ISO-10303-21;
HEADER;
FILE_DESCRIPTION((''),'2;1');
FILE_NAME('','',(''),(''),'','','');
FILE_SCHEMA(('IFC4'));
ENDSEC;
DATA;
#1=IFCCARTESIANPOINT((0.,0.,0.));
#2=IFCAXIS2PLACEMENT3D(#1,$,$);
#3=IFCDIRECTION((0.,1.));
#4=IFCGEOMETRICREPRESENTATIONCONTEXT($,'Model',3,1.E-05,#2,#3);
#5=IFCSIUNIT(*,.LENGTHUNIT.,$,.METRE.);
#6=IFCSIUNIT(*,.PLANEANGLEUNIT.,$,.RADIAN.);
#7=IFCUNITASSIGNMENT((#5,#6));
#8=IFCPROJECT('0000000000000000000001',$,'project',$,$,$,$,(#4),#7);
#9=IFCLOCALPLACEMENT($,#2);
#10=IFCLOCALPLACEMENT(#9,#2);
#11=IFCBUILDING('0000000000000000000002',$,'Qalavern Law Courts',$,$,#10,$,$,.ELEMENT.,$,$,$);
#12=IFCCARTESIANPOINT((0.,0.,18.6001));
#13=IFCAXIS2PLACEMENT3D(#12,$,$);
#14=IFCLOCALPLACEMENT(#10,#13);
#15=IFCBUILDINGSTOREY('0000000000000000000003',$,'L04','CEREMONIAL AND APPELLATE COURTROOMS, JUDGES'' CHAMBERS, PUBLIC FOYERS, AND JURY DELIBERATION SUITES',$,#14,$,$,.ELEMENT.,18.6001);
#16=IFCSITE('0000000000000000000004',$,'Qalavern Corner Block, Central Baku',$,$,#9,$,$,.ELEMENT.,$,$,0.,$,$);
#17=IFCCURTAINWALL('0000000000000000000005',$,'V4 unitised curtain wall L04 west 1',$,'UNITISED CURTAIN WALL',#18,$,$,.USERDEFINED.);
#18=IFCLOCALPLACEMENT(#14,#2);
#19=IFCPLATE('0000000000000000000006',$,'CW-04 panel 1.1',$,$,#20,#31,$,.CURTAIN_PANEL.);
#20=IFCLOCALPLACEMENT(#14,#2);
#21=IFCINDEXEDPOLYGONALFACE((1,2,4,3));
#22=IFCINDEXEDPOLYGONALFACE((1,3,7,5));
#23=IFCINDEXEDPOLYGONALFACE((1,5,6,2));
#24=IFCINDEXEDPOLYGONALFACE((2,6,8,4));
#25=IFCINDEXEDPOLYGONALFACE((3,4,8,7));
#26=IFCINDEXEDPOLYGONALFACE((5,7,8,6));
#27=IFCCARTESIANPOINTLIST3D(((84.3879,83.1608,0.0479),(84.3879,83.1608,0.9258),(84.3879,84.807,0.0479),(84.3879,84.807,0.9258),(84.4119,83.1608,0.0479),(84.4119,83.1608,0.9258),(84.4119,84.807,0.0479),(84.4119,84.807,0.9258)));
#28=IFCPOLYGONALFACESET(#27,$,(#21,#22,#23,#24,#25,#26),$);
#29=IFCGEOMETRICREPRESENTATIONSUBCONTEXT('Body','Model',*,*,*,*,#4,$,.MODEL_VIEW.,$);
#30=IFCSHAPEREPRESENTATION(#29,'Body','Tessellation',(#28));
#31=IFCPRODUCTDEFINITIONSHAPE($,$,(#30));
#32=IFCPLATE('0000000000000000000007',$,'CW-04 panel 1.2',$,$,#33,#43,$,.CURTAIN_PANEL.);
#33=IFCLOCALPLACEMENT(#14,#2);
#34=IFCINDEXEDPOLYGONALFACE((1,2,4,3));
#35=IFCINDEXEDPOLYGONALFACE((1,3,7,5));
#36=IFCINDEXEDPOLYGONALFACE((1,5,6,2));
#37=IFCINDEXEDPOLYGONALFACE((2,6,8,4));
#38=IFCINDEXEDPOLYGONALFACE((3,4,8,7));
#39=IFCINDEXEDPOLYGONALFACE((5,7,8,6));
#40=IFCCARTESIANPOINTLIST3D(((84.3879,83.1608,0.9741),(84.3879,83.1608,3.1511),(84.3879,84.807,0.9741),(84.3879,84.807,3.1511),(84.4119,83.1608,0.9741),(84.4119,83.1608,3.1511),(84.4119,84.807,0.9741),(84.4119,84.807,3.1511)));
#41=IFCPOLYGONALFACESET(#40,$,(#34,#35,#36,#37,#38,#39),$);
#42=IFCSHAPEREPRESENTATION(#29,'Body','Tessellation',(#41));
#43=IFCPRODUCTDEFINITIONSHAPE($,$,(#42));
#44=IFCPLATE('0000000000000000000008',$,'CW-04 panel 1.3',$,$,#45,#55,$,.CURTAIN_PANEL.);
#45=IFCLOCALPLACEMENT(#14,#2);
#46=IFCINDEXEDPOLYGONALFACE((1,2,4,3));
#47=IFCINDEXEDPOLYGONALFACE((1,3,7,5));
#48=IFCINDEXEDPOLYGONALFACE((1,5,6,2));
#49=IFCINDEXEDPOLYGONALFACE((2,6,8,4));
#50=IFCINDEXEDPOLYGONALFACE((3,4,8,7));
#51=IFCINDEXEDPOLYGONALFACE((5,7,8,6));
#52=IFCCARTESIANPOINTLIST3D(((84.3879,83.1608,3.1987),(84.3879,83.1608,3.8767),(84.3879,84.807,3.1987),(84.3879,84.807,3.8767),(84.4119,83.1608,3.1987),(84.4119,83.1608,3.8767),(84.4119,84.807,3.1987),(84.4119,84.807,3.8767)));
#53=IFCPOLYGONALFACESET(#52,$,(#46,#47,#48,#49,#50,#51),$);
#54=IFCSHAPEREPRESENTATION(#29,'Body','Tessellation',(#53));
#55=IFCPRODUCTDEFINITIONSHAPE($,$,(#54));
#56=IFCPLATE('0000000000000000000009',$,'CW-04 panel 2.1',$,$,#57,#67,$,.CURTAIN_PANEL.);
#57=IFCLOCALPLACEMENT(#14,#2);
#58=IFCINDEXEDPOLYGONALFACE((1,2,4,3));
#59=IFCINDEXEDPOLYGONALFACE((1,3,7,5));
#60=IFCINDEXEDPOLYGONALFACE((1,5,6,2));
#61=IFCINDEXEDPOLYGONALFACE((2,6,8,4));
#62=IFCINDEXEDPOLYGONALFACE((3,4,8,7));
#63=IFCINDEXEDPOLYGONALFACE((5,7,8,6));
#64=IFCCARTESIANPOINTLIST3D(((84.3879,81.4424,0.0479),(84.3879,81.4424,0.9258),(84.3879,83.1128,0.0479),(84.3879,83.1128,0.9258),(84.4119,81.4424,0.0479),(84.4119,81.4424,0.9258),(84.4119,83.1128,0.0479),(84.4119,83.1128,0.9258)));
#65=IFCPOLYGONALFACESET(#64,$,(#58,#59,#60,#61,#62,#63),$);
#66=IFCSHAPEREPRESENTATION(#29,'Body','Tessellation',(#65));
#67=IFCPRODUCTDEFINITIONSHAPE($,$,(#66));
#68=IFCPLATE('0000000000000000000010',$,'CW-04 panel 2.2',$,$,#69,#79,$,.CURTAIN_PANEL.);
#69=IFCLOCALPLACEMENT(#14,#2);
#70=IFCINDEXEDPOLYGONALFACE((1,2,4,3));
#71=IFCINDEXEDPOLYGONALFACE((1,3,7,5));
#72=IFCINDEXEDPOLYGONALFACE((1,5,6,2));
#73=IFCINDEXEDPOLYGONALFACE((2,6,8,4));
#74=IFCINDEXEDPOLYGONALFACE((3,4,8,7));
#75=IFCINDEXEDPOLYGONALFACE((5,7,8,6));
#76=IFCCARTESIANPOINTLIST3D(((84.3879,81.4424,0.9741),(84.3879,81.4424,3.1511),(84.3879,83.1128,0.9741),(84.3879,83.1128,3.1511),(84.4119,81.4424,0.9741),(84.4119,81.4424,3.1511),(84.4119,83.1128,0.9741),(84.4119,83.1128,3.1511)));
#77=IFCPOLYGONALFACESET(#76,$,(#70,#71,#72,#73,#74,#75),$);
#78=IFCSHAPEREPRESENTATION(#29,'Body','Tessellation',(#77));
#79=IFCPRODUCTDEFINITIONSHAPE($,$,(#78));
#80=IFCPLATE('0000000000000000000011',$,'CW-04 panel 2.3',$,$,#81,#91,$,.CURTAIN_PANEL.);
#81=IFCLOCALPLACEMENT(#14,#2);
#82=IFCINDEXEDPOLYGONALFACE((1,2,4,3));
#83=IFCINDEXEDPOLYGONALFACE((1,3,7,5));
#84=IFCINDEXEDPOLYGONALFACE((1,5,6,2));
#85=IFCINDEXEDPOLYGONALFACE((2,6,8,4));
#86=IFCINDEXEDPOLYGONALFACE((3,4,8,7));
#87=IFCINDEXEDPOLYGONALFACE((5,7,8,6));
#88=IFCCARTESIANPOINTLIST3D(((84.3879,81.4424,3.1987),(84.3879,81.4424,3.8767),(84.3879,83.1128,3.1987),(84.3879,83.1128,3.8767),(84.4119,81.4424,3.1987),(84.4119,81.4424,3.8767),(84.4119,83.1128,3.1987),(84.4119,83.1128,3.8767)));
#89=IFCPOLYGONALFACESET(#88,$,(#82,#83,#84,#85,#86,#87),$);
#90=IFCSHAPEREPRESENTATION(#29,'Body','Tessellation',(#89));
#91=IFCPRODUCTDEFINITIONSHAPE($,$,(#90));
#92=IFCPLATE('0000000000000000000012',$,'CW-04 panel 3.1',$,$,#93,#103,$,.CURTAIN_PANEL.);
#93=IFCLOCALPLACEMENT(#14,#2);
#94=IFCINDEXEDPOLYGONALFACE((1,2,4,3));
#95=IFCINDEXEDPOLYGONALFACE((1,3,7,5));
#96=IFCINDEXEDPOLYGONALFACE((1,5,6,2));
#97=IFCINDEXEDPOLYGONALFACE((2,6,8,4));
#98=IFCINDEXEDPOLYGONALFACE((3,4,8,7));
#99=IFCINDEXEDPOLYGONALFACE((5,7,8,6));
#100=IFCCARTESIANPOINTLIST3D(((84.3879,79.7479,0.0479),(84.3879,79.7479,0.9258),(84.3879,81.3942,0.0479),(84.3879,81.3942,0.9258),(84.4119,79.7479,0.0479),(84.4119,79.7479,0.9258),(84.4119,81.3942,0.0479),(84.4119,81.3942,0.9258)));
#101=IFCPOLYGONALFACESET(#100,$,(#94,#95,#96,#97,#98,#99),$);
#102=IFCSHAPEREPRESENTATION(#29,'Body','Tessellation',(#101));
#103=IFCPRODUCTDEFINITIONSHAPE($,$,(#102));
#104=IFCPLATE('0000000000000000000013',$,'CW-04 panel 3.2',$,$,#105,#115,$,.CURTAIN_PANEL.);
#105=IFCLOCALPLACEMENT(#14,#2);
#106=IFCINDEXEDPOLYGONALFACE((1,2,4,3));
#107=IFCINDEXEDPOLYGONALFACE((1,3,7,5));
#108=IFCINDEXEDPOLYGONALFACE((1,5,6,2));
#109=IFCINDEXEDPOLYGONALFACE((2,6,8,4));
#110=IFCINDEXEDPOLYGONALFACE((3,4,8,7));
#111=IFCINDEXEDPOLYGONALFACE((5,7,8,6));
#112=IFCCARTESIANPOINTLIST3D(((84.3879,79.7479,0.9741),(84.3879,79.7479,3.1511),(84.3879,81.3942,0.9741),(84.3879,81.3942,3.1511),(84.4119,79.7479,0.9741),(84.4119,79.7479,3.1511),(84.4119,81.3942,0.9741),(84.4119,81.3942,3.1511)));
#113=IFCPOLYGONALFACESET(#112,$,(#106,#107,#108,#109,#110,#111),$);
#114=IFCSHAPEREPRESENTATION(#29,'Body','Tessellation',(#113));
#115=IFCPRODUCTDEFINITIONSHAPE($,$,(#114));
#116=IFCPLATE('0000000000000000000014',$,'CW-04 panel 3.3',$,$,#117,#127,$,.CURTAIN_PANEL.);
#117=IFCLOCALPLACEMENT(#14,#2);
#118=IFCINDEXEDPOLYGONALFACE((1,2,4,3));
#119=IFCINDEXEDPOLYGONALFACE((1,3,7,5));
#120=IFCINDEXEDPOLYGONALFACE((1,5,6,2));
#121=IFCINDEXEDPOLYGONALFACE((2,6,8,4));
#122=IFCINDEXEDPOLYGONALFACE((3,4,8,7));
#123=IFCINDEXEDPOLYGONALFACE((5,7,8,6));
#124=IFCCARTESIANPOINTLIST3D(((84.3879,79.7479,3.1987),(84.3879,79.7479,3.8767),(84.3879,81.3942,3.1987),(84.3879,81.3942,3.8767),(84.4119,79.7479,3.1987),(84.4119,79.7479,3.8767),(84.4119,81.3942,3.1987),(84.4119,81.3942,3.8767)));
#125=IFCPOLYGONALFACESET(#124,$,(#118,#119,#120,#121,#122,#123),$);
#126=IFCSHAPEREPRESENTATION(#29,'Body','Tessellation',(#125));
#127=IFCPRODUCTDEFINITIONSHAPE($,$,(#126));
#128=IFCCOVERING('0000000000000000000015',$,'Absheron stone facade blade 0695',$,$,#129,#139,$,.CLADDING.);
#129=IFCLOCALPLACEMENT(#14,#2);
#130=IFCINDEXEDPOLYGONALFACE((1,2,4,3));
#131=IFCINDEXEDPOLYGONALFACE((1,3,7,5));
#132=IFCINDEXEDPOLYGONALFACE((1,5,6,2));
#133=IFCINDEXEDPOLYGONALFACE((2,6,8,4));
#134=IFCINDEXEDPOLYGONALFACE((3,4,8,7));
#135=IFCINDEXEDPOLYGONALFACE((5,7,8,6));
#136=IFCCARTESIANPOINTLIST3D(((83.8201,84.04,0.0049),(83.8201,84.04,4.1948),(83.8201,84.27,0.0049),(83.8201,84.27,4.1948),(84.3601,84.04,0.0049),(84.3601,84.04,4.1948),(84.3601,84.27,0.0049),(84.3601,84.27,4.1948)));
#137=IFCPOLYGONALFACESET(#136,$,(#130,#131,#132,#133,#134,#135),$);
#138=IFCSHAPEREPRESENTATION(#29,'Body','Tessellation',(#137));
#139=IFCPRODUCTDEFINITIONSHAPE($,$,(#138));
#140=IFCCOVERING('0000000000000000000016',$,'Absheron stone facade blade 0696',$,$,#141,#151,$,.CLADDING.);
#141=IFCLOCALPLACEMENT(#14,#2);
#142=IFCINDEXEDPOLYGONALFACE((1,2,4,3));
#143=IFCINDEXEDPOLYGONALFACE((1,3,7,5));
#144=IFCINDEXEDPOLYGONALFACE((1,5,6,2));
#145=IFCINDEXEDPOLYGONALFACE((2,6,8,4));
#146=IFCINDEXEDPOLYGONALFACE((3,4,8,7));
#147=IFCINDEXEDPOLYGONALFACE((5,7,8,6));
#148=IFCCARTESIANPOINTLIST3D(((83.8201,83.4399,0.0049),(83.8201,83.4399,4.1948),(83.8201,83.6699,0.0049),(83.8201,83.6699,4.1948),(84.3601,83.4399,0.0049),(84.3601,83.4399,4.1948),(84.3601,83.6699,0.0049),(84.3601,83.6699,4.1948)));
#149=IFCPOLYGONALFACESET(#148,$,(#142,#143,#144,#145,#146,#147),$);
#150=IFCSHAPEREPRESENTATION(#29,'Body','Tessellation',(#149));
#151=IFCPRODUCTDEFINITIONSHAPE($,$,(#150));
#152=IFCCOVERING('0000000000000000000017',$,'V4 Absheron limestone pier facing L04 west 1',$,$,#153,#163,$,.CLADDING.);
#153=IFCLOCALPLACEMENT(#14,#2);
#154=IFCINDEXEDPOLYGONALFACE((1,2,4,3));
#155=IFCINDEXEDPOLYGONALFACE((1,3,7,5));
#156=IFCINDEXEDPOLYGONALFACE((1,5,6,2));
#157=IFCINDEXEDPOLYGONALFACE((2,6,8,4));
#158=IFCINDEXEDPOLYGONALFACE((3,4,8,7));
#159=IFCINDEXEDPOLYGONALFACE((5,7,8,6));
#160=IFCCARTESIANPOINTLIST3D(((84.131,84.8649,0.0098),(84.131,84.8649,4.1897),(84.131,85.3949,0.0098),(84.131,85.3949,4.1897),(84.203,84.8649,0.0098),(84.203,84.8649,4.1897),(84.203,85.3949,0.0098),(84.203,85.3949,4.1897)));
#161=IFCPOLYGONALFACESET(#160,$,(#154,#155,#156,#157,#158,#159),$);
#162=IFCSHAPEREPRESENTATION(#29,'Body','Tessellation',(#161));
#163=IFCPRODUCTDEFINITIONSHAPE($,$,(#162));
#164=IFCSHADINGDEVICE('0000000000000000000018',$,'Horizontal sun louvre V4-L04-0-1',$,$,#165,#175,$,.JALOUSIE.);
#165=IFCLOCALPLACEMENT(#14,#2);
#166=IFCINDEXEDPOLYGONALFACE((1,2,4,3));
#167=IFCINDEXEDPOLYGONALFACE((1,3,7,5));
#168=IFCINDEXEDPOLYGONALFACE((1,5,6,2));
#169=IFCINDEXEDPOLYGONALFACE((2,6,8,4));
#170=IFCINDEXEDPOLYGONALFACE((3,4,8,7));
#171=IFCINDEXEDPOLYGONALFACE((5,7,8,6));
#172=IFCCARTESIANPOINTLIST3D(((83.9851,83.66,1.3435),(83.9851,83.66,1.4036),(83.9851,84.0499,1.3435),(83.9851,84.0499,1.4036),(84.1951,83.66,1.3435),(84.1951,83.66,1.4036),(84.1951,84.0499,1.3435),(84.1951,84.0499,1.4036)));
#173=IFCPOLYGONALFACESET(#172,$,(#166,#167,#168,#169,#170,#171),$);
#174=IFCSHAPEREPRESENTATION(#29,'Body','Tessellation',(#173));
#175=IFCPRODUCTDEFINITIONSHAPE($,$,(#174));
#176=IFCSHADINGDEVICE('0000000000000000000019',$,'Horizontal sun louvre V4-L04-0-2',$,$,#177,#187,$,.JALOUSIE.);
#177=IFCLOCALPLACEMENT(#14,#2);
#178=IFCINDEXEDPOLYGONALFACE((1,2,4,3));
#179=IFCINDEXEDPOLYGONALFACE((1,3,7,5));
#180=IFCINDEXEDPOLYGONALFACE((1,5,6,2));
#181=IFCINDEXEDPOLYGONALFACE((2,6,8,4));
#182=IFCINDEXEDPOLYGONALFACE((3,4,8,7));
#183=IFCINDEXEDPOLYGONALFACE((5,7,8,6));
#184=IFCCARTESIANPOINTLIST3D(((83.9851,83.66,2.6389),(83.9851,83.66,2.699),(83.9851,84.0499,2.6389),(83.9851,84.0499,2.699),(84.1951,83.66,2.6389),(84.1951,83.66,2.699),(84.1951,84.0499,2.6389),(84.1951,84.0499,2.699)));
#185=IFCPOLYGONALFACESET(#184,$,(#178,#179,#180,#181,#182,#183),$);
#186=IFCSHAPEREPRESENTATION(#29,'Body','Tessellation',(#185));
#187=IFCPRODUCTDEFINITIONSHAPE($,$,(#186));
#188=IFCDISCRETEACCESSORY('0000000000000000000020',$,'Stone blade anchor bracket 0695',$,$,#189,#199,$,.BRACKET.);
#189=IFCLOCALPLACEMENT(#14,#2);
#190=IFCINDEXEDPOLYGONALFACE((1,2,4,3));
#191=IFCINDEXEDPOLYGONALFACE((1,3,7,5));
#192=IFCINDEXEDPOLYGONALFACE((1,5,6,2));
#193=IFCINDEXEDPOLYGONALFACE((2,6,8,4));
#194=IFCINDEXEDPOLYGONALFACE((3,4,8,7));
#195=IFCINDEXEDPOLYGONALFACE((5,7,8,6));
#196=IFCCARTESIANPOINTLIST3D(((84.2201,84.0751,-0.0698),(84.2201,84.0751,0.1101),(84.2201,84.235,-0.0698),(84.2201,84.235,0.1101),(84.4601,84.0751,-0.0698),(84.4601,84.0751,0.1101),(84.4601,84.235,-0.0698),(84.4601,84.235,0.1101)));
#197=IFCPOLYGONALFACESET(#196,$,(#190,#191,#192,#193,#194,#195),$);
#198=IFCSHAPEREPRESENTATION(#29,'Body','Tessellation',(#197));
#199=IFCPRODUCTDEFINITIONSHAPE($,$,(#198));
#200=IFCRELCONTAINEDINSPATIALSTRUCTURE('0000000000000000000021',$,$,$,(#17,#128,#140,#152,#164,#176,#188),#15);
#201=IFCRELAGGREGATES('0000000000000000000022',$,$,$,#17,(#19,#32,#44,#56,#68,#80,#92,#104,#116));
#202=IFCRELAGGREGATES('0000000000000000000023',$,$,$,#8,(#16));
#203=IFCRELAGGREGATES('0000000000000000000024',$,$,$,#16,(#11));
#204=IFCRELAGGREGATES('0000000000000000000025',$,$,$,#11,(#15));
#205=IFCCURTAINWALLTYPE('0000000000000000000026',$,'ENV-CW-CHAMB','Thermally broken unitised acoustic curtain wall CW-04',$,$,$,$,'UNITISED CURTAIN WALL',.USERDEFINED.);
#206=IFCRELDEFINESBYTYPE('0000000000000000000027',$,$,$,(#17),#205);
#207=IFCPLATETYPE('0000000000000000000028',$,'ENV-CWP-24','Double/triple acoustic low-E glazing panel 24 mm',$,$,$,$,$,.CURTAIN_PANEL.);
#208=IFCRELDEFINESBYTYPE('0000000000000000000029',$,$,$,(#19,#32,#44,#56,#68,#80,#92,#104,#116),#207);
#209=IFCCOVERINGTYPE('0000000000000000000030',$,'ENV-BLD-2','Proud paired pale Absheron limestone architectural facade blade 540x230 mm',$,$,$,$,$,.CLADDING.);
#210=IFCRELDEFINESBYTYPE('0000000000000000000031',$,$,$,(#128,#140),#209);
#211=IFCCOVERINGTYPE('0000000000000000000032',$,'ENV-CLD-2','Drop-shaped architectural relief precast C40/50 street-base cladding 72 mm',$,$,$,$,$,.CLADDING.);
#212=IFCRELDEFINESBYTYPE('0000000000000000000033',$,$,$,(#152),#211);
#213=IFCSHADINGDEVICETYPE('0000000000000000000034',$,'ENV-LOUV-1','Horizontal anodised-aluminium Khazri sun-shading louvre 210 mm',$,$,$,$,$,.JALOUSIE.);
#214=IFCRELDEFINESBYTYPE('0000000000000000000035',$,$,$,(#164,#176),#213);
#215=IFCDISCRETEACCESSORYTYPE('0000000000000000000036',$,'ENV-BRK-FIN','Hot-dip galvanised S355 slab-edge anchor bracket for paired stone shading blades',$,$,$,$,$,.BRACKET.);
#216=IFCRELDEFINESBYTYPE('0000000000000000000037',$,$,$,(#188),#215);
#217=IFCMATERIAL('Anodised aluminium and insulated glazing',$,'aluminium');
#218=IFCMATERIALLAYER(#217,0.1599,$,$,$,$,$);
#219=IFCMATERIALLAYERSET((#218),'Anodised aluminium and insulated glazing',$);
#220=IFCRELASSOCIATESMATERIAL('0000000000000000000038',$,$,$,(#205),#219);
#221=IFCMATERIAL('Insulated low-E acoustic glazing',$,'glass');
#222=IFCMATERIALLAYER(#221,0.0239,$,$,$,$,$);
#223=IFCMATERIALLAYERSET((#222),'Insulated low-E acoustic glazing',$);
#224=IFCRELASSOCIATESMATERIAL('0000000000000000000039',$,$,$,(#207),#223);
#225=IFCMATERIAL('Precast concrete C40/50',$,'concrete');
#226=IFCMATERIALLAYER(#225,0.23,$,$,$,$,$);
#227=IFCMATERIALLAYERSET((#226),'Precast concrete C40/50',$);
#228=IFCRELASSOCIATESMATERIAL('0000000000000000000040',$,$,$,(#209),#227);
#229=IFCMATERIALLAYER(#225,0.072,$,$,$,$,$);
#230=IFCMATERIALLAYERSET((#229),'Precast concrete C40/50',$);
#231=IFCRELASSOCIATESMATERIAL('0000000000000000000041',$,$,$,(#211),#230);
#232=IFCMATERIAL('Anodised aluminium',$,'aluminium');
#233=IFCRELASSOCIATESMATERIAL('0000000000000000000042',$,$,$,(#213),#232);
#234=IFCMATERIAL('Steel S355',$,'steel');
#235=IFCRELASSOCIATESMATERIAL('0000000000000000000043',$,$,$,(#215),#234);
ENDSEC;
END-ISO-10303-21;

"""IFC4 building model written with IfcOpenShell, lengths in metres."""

from ifc_helpers import new_model, si_unit, direction, frame, origin, origin_2d, place, context, subcontext, project, spatial, rectangle, extrude, material, layer, layer_set, type_object, element, aggregate, save


model = new_model("IFC4")

# Units and contexts
model_context = context("Model", 3, precision=1e-05, world=origin(), true_north=direction((0.0, 1.0)))
body_context = subcontext(model_context, "Body", "Model", "MODEL_VIEW")
ifc_project = project(units=[si_unit("LENGTHUNIT", "METRE"), si_unit("PLANEANGLEUNIT", "RADIAN")], contexts=[model_context])

# Site, building, storey
site_placement = place(None, origin())
site = spatial("IfcSite", under=ifc_project, at=site_placement, Name="Qalavern Corner Block, Central Baku", CompositionType="ELEMENT", RefElevation=0.0)
building_placement = place(site_placement, origin())
building = spatial("IfcBuilding", under=site, at=building_placement, Name="Qalavern Law Courts", CompositionType="ELEMENT")
storey_placement = place(building_placement, frame((0.0, 0.0, 18.6001)))
storey = spatial("IfcBuildingStorey", under=building, at=storey_placement, Name="L04", Description="CEREMONIAL AND APPELLATE COURTROOMS, JUDGES' CHAMBERS, PUBLIC FOYERS, AND JURY DELIBERATION SUITES", CompositionType="ELEMENT", Elevation=18.6001)

# Curtain wall
ifc_material_1 = material(Name="Anodised aluminium and insulated glazing", Category="aluminium")
ifc_layer_1 = layer(ifc_material_1, 0.1599)
ifc_layer_set_1 = layer_set([ifc_layer_1], Name="Anodised aluminium and insulated glazing")
curtain_wall_type = type_object("IfcCurtainWallType", Name="ENV-CW-CHAMB", Description="Thermally broken unitised acoustic curtain wall CW-04", ElementType="UNITISED CURTAIN WALL", PredefinedType="USERDEFINED", material=ifc_layer_set_1)
curtain_wall_placement = place(storey_placement, origin())
curtain_wall = element("IfcCurtainWall", 1, at=curtain_wall_placement, inside=storey, type_object=curtain_wall_type, Name="V4 unitised curtain wall L04 west 1", ObjectType="UNITISED CURTAIN WALL", PredefinedType="USERDEFINED")
ifc_material_2 = material(Name="Anodised aluminium", Category="aluminium")

# Shared definitions
ifc_material_3 = material(Name="Steel S355", Category="steel")

# Plates
ifc_material_4 = material(Name="Insulated low-E acoustic glazing", Category="glass")
ifc_layer_2 = layer(ifc_material_4, 0.0239)
ifc_layer_set_2 = layer_set([ifc_layer_2], Name="Insulated low-E acoustic glazing")
plate_type = type_object("IfcPlateType", Name="ENV-CWP-24", Description="Double/triple acoustic low-E glazing panel 24 mm", PredefinedType="CURTAIN_PANEL", material=ifc_layer_set_2)
plate_1_placement = place(storey_placement, frame((84.3999, 83.9839, 0.0479), z_axis=(0.0, 0.0, 1.0), x_axis=(0.0, -1.0, 0.0)))
plate_1 = element("IfcPlate", 2, at=plate_1_placement, type_object=plate_type, Name="CW-04 panel 1.1", PredefinedType="CURTAIN_PANEL", context=body_context, shape_type="SweptSolid", body=[
    extrude(rectangle(XDim=1.6462, YDim=0.0239, at=origin_2d()), origin(), (0.0, 0.0, 1.0), 0.8779),
])
plate_2_placement = place(storey_placement, frame((84.3999, 83.9839, 0.9741), z_axis=(0.0, 0.0, 1.0), x_axis=(0.0, -1.0, 0.0)))
plate_2 = element("IfcPlate", 3, at=plate_2_placement, type_object=plate_type, Name="CW-04 panel 1.2", PredefinedType="CURTAIN_PANEL", context=body_context, shape_type="SweptSolid", body=[
    extrude(rectangle(XDim=1.6462, YDim=0.0239, at=origin_2d()), origin(), (0.0, 0.0, 1.0), 2.177),
])
plate_3_placement = place(storey_placement, frame((84.3999, 83.9839, 3.1987), z_axis=(0.0, 0.0, 1.0), x_axis=(0.0, -1.0, 0.0)))
plate_3 = element("IfcPlate", 4, at=plate_3_placement, type_object=plate_type, Name="CW-04 panel 1.3", PredefinedType="CURTAIN_PANEL", context=body_context, shape_type="SweptSolid", body=[
    extrude(rectangle(XDim=1.6462, YDim=0.0239, at=origin_2d()), origin(), (0.0, 0.0, 1.0), 0.678),
])
plate_4_placement = place(storey_placement, frame((84.3999, 82.2776, 0.0479), z_axis=(0.0, 0.0, 1.0), x_axis=(0.0, -1.0, 0.0)))
plate_4 = element("IfcPlate", 5, at=plate_4_placement, type_object=plate_type, Name="CW-04 panel 2.1", PredefinedType="CURTAIN_PANEL", context=body_context, shape_type="SweptSolid", body=[
    extrude(rectangle(XDim=1.6704, YDim=0.0239, at=origin_2d()), origin(), (0.0, 0.0, 1.0), 0.8779),
])
plate_5_placement = place(storey_placement, frame((84.3999, 82.2776, 0.9741), z_axis=(0.0, 0.0, 1.0), x_axis=(0.0, -1.0, 0.0)))
plate_5 = element("IfcPlate", 6, at=plate_5_placement, type_object=plate_type, Name="CW-04 panel 2.2", PredefinedType="CURTAIN_PANEL", context=body_context, shape_type="SweptSolid", body=[
    extrude(rectangle(XDim=1.6704, YDim=0.0239, at=origin_2d()), origin(), (0.0, 0.0, 1.0), 2.177),
])
plate_6_placement = place(storey_placement, frame((84.3999, 82.2776, 3.1987), z_axis=(0.0, 0.0, 1.0), x_axis=(0.0, -1.0, 0.0)))
plate_6 = element("IfcPlate", 7, at=plate_6_placement, type_object=plate_type, Name="CW-04 panel 2.3", PredefinedType="CURTAIN_PANEL", context=body_context, shape_type="SweptSolid", body=[
    extrude(rectangle(XDim=1.6704, YDim=0.0239, at=origin_2d()), origin(), (0.0, 0.0, 1.0), 0.678),
])
plate_7_placement = place(storey_placement, frame((84.3999, 80.571, 0.0479), z_axis=(0.0, 0.0, 1.0), x_axis=(0.0, -1.0, 0.0)))
plate_7 = element("IfcPlate", 8, at=plate_7_placement, type_object=plate_type, Name="CW-04 panel 3.1", PredefinedType="CURTAIN_PANEL", context=body_context, shape_type="SweptSolid", body=[
    extrude(rectangle(XDim=1.6462, YDim=0.0239, at=origin_2d()), origin(), (0.0, 0.0, 1.0), 0.8779),
])
plate_8_placement = place(storey_placement, frame((84.3999, 80.571, 0.9741), z_axis=(0.0, 0.0, 1.0), x_axis=(0.0, -1.0, 0.0)))
plate_8 = element("IfcPlate", 9, at=plate_8_placement, type_object=plate_type, Name="CW-04 panel 3.2", PredefinedType="CURTAIN_PANEL", context=body_context, shape_type="SweptSolid", body=[
    extrude(rectangle(XDim=1.6462, YDim=0.0239, at=origin_2d()), origin(), (0.0, 0.0, 1.0), 2.177),
])
plate_9_placement = place(storey_placement, frame((84.3999, 80.571, 3.1987), z_axis=(0.0, 0.0, 1.0), x_axis=(0.0, -1.0, 0.0)))
plate_9 = element("IfcPlate", 10, at=plate_9_placement, type_object=plate_type, Name="CW-04 panel 3.3", PredefinedType="CURTAIN_PANEL", context=body_context, shape_type="SweptSolid", body=[
    extrude(rectangle(XDim=1.6462, YDim=0.0239, at=origin_2d()), origin(), (0.0, 0.0, 1.0), 0.678),
])
aggregate(curtain_wall, [plate_1, plate_2, plate_3, plate_4, plate_5, plate_6, plate_7, plate_8, plate_9])

# Coverings
ifc_material_5 = material(Name="Precast concrete C40/50", Category="concrete")
ifc_layer_3 = layer(ifc_material_5, 0.23)
ifc_layer_set_3 = layer_set([ifc_layer_3], Name="Precast concrete C40/50")
covering_type_1 = type_object("IfcCoveringType", Name="ENV-BLD-2", Description="Proud paired pale Absheron limestone architectural facade blade 540x230 mm", PredefinedType="CLADDING", material=ifc_layer_set_3)
for number, where, z_axis, x_axis, name in (
    (11, (84.0901, 84.155, 0.0049), (0.0, 0.0, 1.0), (-1.0, 0.0, 0.0), "Absheron stone facade blade 0695"),
    (12, (84.0901, 83.5549, 0.0049), (0.0, 0.0, 1.0), (-1.0, 0.0, 0.0), "Absheron stone facade blade 0696"),
):
    element("IfcCovering", number, at=place(storey_placement, frame(where, z_axis=z_axis, x_axis=x_axis)), inside=storey, type_object=covering_type_1, Name=name, PredefinedType="CLADDING", context=body_context, shape_type="SweptSolid", body=[
        extrude(rectangle(XDim=0.54, YDim=0.23, at=origin_2d()), origin(), (0.0, 0.0, 1.0), 4.1899),
    ])
ifc_layer_4 = layer(ifc_material_5, 0.072)
ifc_layer_set_4 = layer_set([ifc_layer_4], Name="Precast concrete C40/50")
covering_type_2 = type_object("IfcCoveringType", Name="ENV-CLD-2", Description="Drop-shaped architectural relief precast C40/50 street-base cladding 72 mm", PredefinedType="CLADDING", material=ifc_layer_set_4)
covering_placement = place(storey_placement, frame((84.167, 85.1299, 0.0098), z_axis=(0.0, 0.0, 1.0), x_axis=(0.0, -1.0, 0.0)))
element("IfcCovering", 13, at=covering_placement, inside=storey, type_object=covering_type_2, Name="V4 Absheron limestone pier facing L04 west 1", PredefinedType="CLADDING", context=body_context, shape_type="SweptSolid", body=[
    extrude(rectangle(XDim=0.53, YDim=0.072, at=origin_2d()), origin(), (0.0, 0.0, 1.0), 4.1799),
])

# Shading devices
shading_device_type = type_object("IfcShadingDeviceType", Name="ENV-LOUV-1", Description="Horizontal anodised-aluminium Khazri sun-shading louvre 210 mm", PredefinedType="JALOUSIE", material=ifc_material_2)
for number, where, z_axis, x_axis, name in (
    (14, (84.0901, 83.855, 1.3435), (0.0, 0.0, 1.0), (0.0, -1.0, 0.0), "Horizontal sun louvre V4-L04-0-1"),
    (15, (84.0901, 83.855, 2.6389), (0.0, 0.0, 1.0), (0.0, -1.0, 0.0), "Horizontal sun louvre V4-L04-0-2"),
):
    element("IfcShadingDevice", number, at=place(storey_placement, frame(where, z_axis=z_axis, x_axis=x_axis)), inside=storey, type_object=shading_device_type, Name=name, PredefinedType="JALOUSIE", context=body_context, shape_type="SweptSolid", body=[
        extrude(rectangle(XDim=0.3899, YDim=0.21, at=origin_2d()), origin(), (0.0, 0.0, 1.0), 0.0601),
    ])

# Discrete accessory
discrete_accessory_type = type_object("IfcDiscreteAccessoryType", Name="ENV-BRK-FIN", Description="Hot-dip galvanised S355 slab-edge anchor bracket for paired stone shading blades", PredefinedType="BRACKET", material=ifc_material_3)
for number, where, z_axis, x_axis, name in (
    (16, (84.3401, 84.155, -0.0698), (0.0, 0.0, 1.0), (-1.0, 0.0, 0.0), "Stone blade anchor bracket 0695"),
):
    element("IfcDiscreteAccessory", number, at=place(storey_placement, frame(where, z_axis=z_axis, x_axis=x_axis)), inside=storey, type_object=discrete_accessory_type, Name=name, PredefinedType="BRACKET", context=body_context, shape_type="SweptSolid", body=[
        extrude(rectangle(XDim=0.24, YDim=0.1599, at=origin_2d()), origin(), (0.0, 0.0, 1.0), 0.1799),
    ])

save(model, "model.ifc")
